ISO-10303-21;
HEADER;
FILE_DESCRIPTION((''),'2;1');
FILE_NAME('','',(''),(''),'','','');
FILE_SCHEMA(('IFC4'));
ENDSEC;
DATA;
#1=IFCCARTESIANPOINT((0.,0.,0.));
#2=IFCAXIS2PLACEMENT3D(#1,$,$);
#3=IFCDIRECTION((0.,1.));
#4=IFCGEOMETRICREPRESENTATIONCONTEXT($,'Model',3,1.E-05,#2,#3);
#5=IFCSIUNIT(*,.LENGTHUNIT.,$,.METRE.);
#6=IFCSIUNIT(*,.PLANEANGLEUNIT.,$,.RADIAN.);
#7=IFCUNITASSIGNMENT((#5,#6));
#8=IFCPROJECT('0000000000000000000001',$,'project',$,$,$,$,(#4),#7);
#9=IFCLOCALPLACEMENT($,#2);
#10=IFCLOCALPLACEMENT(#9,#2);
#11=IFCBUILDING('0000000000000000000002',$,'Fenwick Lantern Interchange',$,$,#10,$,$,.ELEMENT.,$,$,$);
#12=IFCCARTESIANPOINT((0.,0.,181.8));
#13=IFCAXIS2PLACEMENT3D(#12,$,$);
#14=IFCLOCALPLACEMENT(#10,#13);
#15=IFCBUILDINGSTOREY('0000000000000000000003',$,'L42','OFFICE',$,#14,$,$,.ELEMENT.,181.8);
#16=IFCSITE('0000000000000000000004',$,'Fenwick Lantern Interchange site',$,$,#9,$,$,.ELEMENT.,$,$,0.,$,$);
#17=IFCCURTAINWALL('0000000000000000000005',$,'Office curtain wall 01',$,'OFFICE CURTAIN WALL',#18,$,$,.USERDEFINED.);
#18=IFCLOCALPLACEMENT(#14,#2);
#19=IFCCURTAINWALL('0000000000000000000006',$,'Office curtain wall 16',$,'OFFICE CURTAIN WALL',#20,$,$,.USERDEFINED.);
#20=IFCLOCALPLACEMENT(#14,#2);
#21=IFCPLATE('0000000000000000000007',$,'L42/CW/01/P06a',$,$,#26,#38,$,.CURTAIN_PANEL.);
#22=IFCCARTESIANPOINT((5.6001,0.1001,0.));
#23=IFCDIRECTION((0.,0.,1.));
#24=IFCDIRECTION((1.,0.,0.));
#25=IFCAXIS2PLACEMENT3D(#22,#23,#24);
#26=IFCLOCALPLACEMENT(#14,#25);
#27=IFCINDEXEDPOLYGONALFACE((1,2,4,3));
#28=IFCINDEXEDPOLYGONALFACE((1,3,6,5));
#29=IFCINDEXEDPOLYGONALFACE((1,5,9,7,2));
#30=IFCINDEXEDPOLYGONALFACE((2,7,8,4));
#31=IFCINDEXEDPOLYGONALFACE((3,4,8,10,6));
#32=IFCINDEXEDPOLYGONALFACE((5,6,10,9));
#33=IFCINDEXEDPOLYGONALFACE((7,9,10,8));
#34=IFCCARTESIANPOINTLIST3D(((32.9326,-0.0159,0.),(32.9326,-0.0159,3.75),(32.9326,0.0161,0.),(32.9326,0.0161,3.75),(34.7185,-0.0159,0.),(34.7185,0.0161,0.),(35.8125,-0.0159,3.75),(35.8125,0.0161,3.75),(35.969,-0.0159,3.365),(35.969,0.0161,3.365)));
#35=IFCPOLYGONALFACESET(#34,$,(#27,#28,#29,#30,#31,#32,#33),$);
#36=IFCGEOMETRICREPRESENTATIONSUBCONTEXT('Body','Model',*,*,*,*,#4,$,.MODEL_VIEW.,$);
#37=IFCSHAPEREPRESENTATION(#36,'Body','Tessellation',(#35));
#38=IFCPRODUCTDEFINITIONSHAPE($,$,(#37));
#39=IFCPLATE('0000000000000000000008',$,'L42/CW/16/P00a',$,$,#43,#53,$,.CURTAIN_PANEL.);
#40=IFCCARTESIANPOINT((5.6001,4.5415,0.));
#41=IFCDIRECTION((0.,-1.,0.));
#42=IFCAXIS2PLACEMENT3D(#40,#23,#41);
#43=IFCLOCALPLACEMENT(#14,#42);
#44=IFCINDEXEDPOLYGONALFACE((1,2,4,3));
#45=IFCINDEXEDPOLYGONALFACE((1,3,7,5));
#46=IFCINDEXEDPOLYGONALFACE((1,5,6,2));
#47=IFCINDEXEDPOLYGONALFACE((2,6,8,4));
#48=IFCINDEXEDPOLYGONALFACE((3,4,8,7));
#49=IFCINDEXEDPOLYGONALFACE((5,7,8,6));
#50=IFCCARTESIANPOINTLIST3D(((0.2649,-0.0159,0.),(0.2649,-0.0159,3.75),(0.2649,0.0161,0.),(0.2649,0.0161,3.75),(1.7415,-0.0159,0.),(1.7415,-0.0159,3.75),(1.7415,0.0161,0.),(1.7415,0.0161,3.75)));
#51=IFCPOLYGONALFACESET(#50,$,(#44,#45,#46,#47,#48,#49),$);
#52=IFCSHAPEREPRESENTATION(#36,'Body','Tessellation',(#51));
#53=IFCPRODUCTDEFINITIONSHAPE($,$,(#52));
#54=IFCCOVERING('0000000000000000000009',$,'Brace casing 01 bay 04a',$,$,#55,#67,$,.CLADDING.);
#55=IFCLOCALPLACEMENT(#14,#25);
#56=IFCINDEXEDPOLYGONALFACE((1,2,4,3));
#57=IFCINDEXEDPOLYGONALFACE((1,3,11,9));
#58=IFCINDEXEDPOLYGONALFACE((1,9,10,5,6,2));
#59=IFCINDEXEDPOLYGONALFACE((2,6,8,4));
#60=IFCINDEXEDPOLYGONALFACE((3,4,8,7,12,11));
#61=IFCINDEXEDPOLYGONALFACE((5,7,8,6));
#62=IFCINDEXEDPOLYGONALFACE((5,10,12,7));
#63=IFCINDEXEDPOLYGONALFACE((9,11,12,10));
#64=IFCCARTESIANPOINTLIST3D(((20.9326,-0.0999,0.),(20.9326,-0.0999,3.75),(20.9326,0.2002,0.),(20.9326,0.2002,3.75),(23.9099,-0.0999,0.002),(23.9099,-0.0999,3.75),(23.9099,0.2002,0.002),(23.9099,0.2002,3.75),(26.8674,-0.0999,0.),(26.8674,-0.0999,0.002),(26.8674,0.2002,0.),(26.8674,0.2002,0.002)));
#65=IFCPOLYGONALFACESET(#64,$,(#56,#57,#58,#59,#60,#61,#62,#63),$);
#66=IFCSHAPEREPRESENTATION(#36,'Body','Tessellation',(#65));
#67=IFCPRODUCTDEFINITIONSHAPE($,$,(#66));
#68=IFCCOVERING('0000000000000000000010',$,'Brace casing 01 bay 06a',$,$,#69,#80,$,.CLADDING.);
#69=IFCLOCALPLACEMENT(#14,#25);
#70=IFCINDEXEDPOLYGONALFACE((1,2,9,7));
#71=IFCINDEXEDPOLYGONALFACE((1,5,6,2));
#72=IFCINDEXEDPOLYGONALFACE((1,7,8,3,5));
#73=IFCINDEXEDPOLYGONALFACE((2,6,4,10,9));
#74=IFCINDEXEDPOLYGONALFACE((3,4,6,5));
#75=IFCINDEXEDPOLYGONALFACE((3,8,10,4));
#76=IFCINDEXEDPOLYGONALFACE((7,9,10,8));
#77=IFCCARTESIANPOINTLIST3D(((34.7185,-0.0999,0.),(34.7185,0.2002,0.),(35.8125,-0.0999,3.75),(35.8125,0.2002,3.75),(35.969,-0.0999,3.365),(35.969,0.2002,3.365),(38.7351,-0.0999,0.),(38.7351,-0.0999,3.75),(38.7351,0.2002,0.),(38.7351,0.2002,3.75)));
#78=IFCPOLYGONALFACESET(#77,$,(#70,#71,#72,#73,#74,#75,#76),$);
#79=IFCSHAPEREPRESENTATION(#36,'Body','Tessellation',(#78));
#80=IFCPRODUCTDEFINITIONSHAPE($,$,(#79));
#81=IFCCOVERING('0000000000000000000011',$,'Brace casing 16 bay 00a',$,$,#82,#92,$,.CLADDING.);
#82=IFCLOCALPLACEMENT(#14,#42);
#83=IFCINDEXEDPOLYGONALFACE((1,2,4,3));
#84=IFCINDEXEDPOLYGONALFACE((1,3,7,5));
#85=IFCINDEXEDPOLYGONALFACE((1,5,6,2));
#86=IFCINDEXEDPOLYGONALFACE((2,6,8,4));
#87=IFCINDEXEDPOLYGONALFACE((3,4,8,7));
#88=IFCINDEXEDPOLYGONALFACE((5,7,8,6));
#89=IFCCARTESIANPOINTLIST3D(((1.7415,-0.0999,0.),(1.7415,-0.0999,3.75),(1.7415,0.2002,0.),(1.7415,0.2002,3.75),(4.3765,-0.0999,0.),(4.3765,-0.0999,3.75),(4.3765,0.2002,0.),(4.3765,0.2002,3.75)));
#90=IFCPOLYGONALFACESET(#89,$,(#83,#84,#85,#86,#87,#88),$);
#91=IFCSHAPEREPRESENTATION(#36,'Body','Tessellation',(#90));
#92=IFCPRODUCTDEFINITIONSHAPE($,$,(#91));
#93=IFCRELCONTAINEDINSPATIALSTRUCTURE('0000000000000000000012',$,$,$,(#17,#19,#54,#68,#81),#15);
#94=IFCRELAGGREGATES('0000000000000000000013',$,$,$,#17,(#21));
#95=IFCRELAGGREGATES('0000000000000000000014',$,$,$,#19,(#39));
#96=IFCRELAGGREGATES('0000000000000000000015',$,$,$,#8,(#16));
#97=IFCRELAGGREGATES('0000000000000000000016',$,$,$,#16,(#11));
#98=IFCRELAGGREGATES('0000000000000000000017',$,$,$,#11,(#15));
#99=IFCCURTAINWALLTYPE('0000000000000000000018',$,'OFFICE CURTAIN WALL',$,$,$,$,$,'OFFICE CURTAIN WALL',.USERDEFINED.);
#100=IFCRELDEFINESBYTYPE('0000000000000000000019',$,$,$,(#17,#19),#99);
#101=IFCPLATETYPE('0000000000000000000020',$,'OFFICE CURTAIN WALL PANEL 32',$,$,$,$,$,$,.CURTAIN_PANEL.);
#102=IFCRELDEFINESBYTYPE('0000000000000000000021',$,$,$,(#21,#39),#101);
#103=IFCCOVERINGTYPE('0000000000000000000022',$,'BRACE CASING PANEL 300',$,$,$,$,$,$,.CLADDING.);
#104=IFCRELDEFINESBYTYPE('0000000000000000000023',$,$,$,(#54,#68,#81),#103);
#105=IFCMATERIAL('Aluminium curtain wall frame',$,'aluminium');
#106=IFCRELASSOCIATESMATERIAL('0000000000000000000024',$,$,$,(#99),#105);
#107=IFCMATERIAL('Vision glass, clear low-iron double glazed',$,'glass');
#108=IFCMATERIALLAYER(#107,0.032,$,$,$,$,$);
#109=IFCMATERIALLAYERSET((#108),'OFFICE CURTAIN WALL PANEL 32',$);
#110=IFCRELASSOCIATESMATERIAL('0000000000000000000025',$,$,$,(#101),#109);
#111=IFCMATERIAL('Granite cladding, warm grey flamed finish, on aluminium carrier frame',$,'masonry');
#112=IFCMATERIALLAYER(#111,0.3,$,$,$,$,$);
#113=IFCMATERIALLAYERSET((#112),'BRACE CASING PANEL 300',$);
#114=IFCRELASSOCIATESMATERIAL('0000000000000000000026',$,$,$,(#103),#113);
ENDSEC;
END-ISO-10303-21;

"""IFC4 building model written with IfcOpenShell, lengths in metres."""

from ifc_helpers import new_model, si_unit, direction, frame, origin, place, context, subcontext, project, spatial, polyline, outline, extrude, material, layer, layer_set, type_object, element, aggregate, save


model = new_model("IFC4")

# Units and contexts
model_context = context("Model", 3, precision=1e-05, world=origin(), true_north=direction((0.0, 1.0)))
body_context = subcontext(model_context, "Body", "Model", "MODEL_VIEW")
ifc_project = project(units=[si_unit("LENGTHUNIT", "METRE"), si_unit("PLANEANGLEUNIT", "RADIAN")], contexts=[model_context])

# Site, building, storey
site_placement = place(None, origin())
site = spatial("IfcSite", under=ifc_project, at=site_placement, Name="Fenwick Lantern Interchange site", CompositionType="ELEMENT", RefElevation=0.0)
building_placement = place(site_placement, origin())
building = spatial("IfcBuilding", under=site, at=building_placement, Name="Fenwick Lantern Interchange", CompositionType="ELEMENT")
storey_placement = place(building_placement, frame((0.0, 0.0, 181.8)))
storey = spatial("IfcBuildingStorey", under=building, at=storey_placement, Name="L42", Description="OFFICE", CompositionType="ELEMENT", Elevation=181.8)

# Curtain walls
ifc_material_1 = material(Name="Aluminium curtain wall frame", Category="aluminium")
curtain_wall_type = type_object("IfcCurtainWallType", Name="OFFICE CURTAIN WALL", ElementType="OFFICE CURTAIN WALL", PredefinedType="USERDEFINED", material=ifc_material_1)
curtain_wall_1_placement = place(storey_placement, origin())
curtain_wall_1 = element("IfcCurtainWall", 1, at=curtain_wall_1_placement, inside=storey, type_object=curtain_wall_type, Name="Office curtain wall 01", ObjectType="OFFICE CURTAIN WALL", PredefinedType="USERDEFINED")
curtain_wall_2_placement = place(storey_placement, origin())
curtain_wall_2 = element("IfcCurtainWall", 2, at=curtain_wall_2_placement, inside=storey, type_object=curtain_wall_type, Name="Office curtain wall 16", ObjectType="OFFICE CURTAIN WALL", PredefinedType="USERDEFINED")

# Plates
ifc_material_2 = material(Name="Vision glass, clear low-iron double glazed", Category="glass")
ifc_layer_1 = layer(ifc_material_2, 0.032)
ifc_layer_set_1 = layer_set([ifc_layer_1], Name="OFFICE CURTAIN WALL PANEL 32")
plate_type = type_object("IfcPlateType", Name="OFFICE CURTAIN WALL PANEL 32", PredefinedType="CURTAIN_PANEL", material=ifc_layer_set_1)
plate_1_placement = place(storey_placement, frame((5.6001, 0.1001, 0.0), z_axis=(0.0, 0.0, 1.0), x_axis=(1.0, 0.0, 0.0)))
plate_1 = element("IfcPlate", 3, at=plate_1_placement, type_object=plate_type, Name="L42/CW/01/P06a", PredefinedType="CURTAIN_PANEL", context=body_context, shape_type="SweptSolid", body=[
    extrude(outline(polyline([(32.9326, 0.0), (34.7185, 0.0), (35.969, 3.365), (35.8125, 3.75), (32.9326, 3.75), (32.9326, 0.0)])), frame((0.0, 0.0161, 0.0), z_axis=(0.0, -1.0, 0.0), x_axis=(1.0, 0.0, 0.0)), (0.0, 0.0, 1.0), 0.032),
])
aggregate(curtain_wall_1, [plate_1])
plate_2_placement = place(storey_placement, frame((5.6001, 4.5415, 0.0), z_axis=(0.0, 0.0, 1.0), x_axis=(0.0, -1.0, 0.0)))
plate_2 = element("IfcPlate", 4, at=plate_2_placement, type_object=plate_type, Name="L42/CW/16/P00a", PredefinedType="CURTAIN_PANEL", context=body_context, shape_type="SweptSolid", body=[
    extrude(outline(polyline([(0.2649, 0.0), (1.7415, 0.0), (1.7415, 3.75), (0.2649, 3.75), (0.2649, 0.0)])), frame((0.0, 0.0161, 0.0), z_axis=(0.0, -1.0, 0.0), x_axis=(1.0, 0.0, 0.0)), (0.0, 0.0, 1.0), 0.032),
])
aggregate(curtain_wall_2, [plate_2])

# Coverings
ifc_material_3 = material(Name="Granite cladding, warm grey flamed finish, on aluminium carrier frame", Category="masonry")
ifc_layer_2 = layer(ifc_material_3, 0.3)
ifc_layer_set_2 = layer_set([ifc_layer_2], Name="BRACE CASING PANEL 300")
covering_type = type_object("IfcCoveringType", Name="BRACE CASING PANEL 300", PredefinedType="CLADDING", material=ifc_layer_set_2)
covering_1_placement = place(storey_placement, frame((5.6001, 0.1001, 0.0), z_axis=(0.0, 0.0, 1.0), x_axis=(1.0, 0.0, 0.0)))
element("IfcCovering", 5, at=covering_1_placement, inside=storey, type_object=covering_type, Name="Brace casing 01 bay 04a", PredefinedType="CLADDING", context=body_context, shape_type="SweptSolid", body=[
    extrude(outline(polyline([(20.9326, 0.0), (26.8674, 0.0), (26.8674, 0.002), (23.9099, 0.002), (23.9099, 3.75), (20.9326, 3.75), (20.9326, 0.0)])), frame((0.0, 0.2002, 0.0), z_axis=(0.0, -1.0, 0.0), x_axis=(1.0, 0.0, 0.0)), (0.0, 0.0, 1.0), 0.3),
])
covering_2_placement = place(storey_placement, frame((5.6001, 0.1001, 0.0), z_axis=(0.0, 0.0, 1.0), x_axis=(1.0, 0.0, 0.0)))
element("IfcCovering", 6, at=covering_2_placement, inside=storey, type_object=covering_type, Name="Brace casing 01 bay 06a", PredefinedType="CLADDING", context=body_context, shape_type="SweptSolid", body=[
    extrude(outline(polyline([(34.7185, 0.0), (38.7351, 0.0), (38.7351, 3.75), (35.8125, 3.75), (35.969, 3.365), (34.7185, 0.0)])), frame((0.0, 0.2002, 0.0), z_axis=(0.0, -1.0, 0.0), x_axis=(1.0, 0.0, 0.0)), (0.0, 0.0, 1.0), 0.3),
])
covering_3_placement = place(storey_placement, frame((5.6001, 4.5415, 0.0), z_axis=(0.0, 0.0, 1.0), x_axis=(0.0, -1.0, 0.0)))
element("IfcCovering", 7, at=covering_3_placement, inside=storey, type_object=covering_type, Name="Brace casing 16 bay 00a", PredefinedType="CLADDING", context=body_context, shape_type="SweptSolid", body=[
    extrude(outline(polyline([(1.7415, 0.0), (4.3765, 0.0), (4.3765, 3.75), (1.7415, 3.75), (1.7415, 0.0)])), frame((0.0, 0.2002, 0.0), z_axis=(0.0, -1.0, 0.0), x_axis=(1.0, 0.0, 0.0)), (0.0, 0.0, 1.0), 0.3),
])

save(model, "model.ifc")
